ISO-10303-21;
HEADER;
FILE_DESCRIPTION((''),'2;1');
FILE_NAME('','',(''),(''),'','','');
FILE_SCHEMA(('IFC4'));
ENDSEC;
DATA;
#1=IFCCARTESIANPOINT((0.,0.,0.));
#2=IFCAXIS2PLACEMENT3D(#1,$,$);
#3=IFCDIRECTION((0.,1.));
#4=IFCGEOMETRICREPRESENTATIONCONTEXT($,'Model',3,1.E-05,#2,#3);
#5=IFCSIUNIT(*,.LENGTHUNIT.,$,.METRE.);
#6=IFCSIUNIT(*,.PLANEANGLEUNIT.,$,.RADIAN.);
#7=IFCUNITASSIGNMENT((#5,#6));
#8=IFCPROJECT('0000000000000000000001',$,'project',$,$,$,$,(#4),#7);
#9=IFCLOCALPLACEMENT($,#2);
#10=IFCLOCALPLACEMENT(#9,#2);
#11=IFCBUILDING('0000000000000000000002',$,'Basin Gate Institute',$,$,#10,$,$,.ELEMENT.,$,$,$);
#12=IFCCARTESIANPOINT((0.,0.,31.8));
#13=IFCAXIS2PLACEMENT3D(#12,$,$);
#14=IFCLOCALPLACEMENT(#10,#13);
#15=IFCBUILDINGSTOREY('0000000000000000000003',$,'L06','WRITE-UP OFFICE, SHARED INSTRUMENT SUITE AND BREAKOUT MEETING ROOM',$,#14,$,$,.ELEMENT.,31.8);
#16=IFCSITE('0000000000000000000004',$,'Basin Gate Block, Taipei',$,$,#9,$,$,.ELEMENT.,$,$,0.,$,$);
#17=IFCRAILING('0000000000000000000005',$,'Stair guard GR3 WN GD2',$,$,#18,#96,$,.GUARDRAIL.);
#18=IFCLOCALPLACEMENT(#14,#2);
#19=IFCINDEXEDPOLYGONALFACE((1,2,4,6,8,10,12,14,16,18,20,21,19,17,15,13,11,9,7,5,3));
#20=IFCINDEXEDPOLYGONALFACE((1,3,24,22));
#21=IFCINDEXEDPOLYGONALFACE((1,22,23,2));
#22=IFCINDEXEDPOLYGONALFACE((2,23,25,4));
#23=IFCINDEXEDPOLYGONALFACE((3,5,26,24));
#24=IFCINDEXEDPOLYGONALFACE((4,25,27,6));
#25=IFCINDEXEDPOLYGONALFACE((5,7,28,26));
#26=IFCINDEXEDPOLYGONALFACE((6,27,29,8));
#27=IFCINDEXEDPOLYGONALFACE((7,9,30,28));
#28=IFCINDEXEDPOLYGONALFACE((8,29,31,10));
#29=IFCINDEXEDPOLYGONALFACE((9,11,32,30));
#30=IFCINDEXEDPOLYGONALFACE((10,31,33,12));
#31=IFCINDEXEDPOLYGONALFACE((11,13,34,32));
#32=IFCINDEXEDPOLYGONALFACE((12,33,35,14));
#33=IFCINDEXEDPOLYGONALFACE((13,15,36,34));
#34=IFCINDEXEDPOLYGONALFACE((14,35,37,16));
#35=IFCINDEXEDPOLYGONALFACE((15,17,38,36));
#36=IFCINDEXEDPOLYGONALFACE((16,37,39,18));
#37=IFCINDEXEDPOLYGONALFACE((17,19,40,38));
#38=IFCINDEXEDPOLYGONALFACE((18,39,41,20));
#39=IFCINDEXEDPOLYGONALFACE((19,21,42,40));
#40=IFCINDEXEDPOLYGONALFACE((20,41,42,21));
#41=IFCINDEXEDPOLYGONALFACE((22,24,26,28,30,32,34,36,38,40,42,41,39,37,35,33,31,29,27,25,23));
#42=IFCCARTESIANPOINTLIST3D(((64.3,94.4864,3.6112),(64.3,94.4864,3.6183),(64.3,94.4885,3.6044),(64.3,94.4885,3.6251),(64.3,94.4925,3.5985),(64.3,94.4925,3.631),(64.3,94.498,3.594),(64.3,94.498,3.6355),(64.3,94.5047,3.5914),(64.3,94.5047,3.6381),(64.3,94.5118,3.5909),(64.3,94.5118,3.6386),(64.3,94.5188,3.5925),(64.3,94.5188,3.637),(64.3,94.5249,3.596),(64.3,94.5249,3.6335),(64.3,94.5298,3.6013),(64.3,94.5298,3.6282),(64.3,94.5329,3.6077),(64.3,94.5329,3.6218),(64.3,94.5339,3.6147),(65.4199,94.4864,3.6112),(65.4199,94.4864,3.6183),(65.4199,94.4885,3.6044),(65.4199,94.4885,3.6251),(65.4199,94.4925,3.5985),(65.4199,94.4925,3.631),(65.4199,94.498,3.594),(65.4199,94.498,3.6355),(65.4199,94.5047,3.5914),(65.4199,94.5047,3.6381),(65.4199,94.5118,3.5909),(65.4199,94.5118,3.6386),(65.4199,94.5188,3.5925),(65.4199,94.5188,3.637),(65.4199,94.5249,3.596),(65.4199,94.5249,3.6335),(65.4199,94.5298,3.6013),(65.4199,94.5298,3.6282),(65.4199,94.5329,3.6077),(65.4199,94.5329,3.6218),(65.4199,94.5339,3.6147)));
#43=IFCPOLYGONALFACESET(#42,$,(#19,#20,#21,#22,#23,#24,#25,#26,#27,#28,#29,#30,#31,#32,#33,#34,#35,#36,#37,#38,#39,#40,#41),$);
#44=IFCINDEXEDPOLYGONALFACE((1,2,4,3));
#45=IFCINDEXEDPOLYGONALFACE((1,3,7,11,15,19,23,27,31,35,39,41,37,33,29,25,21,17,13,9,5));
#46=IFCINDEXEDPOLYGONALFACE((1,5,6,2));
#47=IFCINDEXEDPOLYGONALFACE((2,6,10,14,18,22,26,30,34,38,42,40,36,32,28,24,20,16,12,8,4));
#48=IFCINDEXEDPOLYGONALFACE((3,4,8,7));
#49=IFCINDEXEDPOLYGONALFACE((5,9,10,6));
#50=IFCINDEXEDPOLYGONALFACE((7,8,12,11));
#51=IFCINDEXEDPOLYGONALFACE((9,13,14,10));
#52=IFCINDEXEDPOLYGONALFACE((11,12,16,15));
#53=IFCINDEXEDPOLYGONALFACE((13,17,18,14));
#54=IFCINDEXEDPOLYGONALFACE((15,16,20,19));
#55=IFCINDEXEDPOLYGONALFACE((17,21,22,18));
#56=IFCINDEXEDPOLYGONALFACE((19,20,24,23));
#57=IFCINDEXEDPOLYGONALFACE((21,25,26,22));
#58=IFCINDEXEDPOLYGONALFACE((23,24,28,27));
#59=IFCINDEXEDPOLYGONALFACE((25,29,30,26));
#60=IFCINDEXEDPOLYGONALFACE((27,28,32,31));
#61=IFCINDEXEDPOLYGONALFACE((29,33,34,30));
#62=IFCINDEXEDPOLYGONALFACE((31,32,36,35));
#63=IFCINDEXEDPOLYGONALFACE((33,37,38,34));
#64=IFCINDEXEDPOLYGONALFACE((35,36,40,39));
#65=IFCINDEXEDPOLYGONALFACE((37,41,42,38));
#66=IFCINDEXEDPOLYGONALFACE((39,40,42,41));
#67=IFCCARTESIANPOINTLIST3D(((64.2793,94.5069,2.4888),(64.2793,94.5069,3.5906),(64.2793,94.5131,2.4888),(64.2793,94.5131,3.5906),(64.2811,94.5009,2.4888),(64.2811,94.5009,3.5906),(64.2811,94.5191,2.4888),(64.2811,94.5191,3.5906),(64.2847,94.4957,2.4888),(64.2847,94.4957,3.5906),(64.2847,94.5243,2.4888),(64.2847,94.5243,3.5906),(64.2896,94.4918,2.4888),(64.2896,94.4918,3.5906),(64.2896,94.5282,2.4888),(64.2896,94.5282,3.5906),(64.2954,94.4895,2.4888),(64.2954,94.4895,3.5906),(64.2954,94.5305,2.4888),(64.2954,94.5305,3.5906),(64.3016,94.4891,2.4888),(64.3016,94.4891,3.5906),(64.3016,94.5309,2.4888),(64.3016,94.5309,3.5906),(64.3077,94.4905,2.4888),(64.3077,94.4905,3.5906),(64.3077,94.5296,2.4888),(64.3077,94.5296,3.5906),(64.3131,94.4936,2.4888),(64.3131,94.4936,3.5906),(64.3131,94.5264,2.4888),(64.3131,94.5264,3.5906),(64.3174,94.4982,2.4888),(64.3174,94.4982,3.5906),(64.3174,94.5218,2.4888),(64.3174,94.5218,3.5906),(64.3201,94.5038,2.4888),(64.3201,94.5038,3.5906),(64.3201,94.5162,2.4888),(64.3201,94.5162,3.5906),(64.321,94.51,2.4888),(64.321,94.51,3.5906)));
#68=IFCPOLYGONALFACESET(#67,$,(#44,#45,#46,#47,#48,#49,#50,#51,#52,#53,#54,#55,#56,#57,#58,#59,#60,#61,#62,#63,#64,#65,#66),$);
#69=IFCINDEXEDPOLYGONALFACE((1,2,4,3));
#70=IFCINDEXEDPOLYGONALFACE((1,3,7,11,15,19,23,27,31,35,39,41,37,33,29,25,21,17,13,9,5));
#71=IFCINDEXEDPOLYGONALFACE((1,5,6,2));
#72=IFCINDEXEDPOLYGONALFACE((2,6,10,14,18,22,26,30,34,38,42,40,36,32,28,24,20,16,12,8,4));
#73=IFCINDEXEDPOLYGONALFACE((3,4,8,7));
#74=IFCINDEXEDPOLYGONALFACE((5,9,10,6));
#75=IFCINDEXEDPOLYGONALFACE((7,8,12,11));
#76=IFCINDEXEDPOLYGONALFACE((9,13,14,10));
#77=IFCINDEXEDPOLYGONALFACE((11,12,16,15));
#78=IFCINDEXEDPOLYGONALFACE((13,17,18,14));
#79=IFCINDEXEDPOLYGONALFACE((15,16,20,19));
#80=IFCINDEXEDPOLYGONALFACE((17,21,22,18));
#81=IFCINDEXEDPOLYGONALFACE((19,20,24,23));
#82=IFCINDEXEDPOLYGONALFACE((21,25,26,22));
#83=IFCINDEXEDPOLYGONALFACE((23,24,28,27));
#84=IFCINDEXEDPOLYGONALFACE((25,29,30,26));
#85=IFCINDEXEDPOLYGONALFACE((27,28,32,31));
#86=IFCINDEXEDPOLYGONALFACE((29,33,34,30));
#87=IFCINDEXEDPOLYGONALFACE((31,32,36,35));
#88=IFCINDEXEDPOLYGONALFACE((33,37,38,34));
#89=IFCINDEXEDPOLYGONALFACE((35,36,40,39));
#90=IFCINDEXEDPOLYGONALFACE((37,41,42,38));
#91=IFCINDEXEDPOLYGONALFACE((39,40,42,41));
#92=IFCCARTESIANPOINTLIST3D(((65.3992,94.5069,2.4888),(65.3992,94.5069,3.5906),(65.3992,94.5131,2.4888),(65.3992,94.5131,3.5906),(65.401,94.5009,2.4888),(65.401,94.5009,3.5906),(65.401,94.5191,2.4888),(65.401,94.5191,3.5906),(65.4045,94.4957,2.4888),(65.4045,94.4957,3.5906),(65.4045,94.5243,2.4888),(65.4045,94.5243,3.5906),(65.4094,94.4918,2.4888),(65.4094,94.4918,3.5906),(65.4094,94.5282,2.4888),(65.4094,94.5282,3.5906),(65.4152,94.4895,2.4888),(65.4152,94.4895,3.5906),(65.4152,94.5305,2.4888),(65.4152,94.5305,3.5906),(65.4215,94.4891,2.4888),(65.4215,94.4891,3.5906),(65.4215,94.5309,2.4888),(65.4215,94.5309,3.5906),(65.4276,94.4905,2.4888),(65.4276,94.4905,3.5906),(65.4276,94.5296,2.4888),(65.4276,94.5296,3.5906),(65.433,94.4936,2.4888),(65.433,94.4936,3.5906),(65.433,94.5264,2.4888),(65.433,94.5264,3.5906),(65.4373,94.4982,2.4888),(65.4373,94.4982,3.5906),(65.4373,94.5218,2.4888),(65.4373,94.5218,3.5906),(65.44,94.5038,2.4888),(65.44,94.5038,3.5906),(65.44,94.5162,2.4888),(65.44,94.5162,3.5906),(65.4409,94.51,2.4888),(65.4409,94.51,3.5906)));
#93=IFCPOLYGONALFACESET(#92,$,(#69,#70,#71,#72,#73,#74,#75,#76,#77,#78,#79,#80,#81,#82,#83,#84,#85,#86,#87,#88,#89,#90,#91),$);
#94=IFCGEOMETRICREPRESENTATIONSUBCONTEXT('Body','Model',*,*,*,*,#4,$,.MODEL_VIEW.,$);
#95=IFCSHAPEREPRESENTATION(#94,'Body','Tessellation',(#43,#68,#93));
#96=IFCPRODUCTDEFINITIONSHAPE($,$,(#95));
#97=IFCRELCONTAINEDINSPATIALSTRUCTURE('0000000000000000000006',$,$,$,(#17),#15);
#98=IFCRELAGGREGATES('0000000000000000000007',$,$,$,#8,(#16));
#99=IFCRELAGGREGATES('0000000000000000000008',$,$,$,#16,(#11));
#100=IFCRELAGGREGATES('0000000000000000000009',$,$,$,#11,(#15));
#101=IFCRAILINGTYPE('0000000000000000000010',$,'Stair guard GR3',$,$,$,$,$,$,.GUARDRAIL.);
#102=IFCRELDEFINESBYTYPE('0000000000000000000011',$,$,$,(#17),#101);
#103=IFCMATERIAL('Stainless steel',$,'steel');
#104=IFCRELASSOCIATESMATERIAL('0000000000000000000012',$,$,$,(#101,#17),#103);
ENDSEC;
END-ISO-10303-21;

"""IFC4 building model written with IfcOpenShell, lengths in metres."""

from ifc_helpers import new_model, si_unit, direction, frame, origin, origin_2d, place, context, subcontext, project, spatial, circle, extrude, material, type_object, element, save


model = new_model("IFC4")

# Units and contexts
model_context = context("Model", 3, precision=1e-05, world=origin(), true_north=direction((0.0, 1.0)))
body_context = subcontext(model_context, "Body", "Model", "MODEL_VIEW")
ifc_project = project(units=[si_unit("LENGTHUNIT", "METRE"), si_unit("PLANEANGLEUNIT", "RADIAN")], contexts=[model_context])

# Site, building, storey
site_placement = place(None, origin())
site = spatial("IfcSite", under=ifc_project, at=site_placement, Name="Basin Gate Block, Taipei", CompositionType="ELEMENT", RefElevation=0.0)
building_placement = place(site_placement, origin())
building = spatial("IfcBuilding", under=site, at=building_placement, Name="Basin Gate Institute", CompositionType="ELEMENT")
storey_placement = place(building_placement, frame((0.0, 0.0, 31.8)))
storey = spatial("IfcBuildingStorey", under=building, at=storey_placement, Name="L06", Description="WRITE-UP OFFICE, SHARED INSTRUMENT SUITE AND BREAKOUT MEETING ROOM", CompositionType="ELEMENT", Elevation=31.8)

# Railing
ifc_material_1 = material(Name="Stainless steel", Category="steel")
railing_type_1 = type_object("IfcRailingType", Name="Stair guard GR3", PredefinedType="GUARDRAIL", material=ifc_material_1)
railing_1_placement = place(storey_placement, frame((64.3, 94.51, 2.4888)))
element("IfcRailing", 1, at=railing_1_placement, inside=storey, type_object=railing_type_1, material=ifc_material_1, Name="Stair guard GR3 WN GD2", PredefinedType="GUARDRAIL", context=body_context, shape_type="SweptSolid", body=[
    extrude(circle(Radius=0.0239, at=origin_2d()), frame((0.0, 0.0, 1.126), z_axis=(1.0, 0.0, 0.0), x_axis=(0.0, 1.0, 0.0)), (0.0, 0.0, 1.0), 1.1199),
    extrude(circle(Radius=0.021, at=origin_2d()), origin(), (0.0, 0.0, 1.0), 1.1018),
    extrude(circle(Radius=0.021, at=origin_2d()), frame((1.1199, 0.0, 0.0)), (0.0, 0.0, 1.0), 1.1018),
])

save(model, "model.ifc")
